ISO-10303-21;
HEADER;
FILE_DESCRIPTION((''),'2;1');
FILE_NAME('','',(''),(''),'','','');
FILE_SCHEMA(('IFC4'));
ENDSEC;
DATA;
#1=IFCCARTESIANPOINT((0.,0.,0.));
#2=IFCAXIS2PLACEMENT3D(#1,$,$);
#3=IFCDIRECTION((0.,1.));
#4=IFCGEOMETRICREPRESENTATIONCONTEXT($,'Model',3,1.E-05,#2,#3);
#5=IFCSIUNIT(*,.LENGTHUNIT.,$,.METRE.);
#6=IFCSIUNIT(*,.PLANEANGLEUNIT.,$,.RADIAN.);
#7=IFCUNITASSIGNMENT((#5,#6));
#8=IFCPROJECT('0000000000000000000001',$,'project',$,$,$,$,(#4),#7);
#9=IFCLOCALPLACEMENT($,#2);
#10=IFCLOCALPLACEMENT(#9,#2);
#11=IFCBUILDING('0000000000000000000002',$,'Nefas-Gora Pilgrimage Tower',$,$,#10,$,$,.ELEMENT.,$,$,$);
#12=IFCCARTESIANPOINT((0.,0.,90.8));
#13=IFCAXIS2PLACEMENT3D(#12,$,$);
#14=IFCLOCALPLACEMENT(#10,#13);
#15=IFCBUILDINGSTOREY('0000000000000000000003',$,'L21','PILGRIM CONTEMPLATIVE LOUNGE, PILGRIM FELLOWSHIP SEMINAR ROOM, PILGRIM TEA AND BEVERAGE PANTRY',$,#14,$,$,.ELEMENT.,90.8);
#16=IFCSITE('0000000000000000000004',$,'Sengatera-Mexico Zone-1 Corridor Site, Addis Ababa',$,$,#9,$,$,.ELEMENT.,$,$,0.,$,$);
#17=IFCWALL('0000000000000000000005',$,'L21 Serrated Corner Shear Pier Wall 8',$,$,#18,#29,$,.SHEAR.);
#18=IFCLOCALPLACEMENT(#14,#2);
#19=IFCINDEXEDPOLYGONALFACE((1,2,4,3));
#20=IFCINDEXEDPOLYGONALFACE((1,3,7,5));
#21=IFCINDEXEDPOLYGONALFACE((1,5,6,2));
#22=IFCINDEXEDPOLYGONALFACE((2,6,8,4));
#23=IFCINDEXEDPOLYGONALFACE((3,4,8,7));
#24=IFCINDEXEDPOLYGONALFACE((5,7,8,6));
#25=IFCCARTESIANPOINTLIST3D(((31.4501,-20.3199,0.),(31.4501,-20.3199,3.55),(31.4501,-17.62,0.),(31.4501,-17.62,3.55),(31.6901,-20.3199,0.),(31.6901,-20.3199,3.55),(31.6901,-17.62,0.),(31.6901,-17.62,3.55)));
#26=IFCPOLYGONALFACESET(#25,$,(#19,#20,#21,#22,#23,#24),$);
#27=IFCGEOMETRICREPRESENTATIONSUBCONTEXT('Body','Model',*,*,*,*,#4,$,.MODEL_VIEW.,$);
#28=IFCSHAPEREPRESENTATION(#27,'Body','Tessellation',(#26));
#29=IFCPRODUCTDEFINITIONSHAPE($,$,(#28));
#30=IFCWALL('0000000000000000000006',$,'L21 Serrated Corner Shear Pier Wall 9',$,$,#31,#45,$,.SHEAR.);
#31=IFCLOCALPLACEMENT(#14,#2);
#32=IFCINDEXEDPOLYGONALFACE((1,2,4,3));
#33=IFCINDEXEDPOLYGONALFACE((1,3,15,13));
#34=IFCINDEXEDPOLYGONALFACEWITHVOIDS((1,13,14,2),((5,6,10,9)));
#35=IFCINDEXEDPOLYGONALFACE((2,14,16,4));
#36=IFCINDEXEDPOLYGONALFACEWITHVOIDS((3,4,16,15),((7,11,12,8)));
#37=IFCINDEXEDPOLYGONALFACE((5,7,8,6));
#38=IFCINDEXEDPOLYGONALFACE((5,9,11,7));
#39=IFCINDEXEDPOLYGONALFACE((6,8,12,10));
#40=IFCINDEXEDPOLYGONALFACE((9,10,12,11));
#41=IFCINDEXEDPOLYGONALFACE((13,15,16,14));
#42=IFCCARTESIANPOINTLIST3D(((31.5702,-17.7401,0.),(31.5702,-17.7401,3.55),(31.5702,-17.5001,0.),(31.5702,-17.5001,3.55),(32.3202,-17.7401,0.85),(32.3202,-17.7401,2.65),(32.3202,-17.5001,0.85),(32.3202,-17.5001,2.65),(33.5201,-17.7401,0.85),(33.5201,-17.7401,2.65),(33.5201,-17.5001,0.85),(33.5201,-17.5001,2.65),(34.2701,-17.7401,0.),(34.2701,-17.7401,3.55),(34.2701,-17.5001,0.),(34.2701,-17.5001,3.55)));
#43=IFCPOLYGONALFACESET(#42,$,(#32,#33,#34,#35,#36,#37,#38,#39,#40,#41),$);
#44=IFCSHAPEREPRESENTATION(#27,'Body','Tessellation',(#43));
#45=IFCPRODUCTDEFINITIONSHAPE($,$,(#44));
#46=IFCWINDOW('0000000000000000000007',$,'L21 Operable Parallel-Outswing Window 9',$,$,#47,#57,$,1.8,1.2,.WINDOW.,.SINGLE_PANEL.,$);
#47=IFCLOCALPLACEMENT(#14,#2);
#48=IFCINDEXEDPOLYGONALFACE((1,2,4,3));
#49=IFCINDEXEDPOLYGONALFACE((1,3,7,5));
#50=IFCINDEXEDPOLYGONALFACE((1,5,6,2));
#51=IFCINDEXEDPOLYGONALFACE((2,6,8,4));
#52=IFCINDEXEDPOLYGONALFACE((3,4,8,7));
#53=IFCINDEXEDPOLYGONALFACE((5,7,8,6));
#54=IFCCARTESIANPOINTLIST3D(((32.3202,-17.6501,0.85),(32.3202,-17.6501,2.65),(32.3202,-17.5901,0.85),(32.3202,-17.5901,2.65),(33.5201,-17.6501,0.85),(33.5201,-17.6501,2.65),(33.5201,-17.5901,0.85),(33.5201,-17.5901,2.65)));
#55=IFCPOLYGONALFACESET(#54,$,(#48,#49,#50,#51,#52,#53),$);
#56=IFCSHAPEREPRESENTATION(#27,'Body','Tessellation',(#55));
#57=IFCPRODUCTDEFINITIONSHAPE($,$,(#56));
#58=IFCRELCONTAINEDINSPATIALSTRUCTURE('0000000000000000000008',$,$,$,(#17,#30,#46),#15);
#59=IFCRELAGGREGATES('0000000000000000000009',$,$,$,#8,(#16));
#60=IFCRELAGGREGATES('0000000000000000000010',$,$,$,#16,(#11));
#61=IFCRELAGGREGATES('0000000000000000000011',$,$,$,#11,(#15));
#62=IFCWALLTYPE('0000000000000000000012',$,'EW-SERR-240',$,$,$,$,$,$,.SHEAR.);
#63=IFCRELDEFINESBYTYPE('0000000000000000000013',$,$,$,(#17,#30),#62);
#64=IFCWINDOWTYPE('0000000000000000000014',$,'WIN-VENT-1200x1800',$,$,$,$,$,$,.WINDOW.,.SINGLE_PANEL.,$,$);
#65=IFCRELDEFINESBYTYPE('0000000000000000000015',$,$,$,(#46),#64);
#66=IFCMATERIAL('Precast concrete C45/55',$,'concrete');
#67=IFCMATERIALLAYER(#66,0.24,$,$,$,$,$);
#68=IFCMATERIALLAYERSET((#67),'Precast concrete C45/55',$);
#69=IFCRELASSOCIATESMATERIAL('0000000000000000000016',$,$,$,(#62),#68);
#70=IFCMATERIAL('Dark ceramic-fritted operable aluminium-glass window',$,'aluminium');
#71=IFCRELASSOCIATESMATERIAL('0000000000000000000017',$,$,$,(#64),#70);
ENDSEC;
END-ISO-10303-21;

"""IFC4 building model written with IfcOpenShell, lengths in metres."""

from ifc_helpers import new_model, si_unit, direction, frame, frame_2d, origin, place, context, subcontext, project, spatial, rectangle, extrude, source, transform, mapped, material, layer, layer_set, type_object, element, fill, save


model = new_model("IFC4")

# Units and contexts
model_context = context("Model", 3, precision=1e-05, world=origin(), true_north=direction((0.0, 1.0)))
body_context = subcontext(model_context, "Body", "Model", "MODEL_VIEW")
ifc_project = project(units=[si_unit("LENGTHUNIT", "METRE"), si_unit("PLANEANGLEUNIT", "RADIAN")], contexts=[model_context])

# Site, building, storey
site_placement = place(None, origin())
site = spatial("IfcSite", under=ifc_project, at=site_placement, Name="Sengatera-Mexico Zone-1 Corridor Site, Addis Ababa", CompositionType="ELEMENT", RefElevation=0.0)
building_placement = place(site_placement, origin())
building = spatial("IfcBuilding", under=site, at=building_placement, Name="Nefas-Gora Pilgrimage Tower", CompositionType="ELEMENT")
storey_placement = place(building_placement, frame((0.0, 0.0, 90.8)))
storey = spatial("IfcBuildingStorey", under=building, at=storey_placement, Name="L21", Description="PILGRIM CONTEMPLATIVE LOUNGE, PILGRIM FELLOWSHIP SEMINAR ROOM, PILGRIM TEA AND BEVERAGE PANTRY", CompositionType="ELEMENT", Elevation=90.8)

# Wall
ifc_material_1 = material(Name="Precast concrete C45/55", Category="concrete")
ifc_layer_1 = layer(ifc_material_1, 0.24)
ifc_layer_set_1 = layer_set([ifc_layer_1], Name="Precast concrete C45/55")
wall_type = type_object("IfcWallType", Name="EW-SERR-240", PredefinedType="SHEAR", material=ifc_layer_set_1)
shared_shape_1 = source(origin(), body_context, "Body", "SweptSolid", [
    extrude(rectangle(XDim=2.7, YDim=0.24, at=frame_2d((1.3501, 0.0))), origin(), (0.0, 0.0, 1.0), 3.55),
])
for number, where, z_axis, x_axis, name in (
    (1, (31.5701, -20.3201, 0.0), (0.0, 0.0, 1.0), (0.0, 1.0, 0.0), "L21 Serrated Corner Shear Pier Wall 8"),
):
    element("IfcWall", number, at=place(storey_placement, frame(where, z_axis=z_axis, x_axis=x_axis)), inside=storey, type_object=wall_type, Name=name, PredefinedType="SHEAR", context=body_context, shape_type="MappedRepresentation", body=[
        mapped(shared_shape_1, transform((0.0, 0.0, 0.0), x_axis=(1.0, 0.0, 0.0), y_axis=(0.0, 1.0, 0.0), z_axis=(0.0, 0.0, 1.0), scale=1.0)),
    ])

# Wall, opening, window
wall_placement = place(storey_placement, frame((31.5701, -17.6201, 0.0), z_axis=(0.0, 0.0, 1.0), x_axis=(1.0, 0.0, 0.0)))
wall = element("IfcWall", 2, at=wall_placement, inside=storey, type_object=wall_type, Name="L21 Serrated Corner Shear Pier Wall 9", PredefinedType="SHEAR", context=body_context, shape_type="MappedRepresentation", body=[
    mapped(shared_shape_1, transform((0.0, 0.0, 0.0), x_axis=(1.0, 0.0, 0.0), y_axis=(0.0, 1.0, 0.0), z_axis=(0.0, 0.0, 1.0), scale=1.0)),
])
opening_placement = place(wall_placement, frame((0.75, 0.0, 0.8501)))
opening = element("IfcOpeningElement", 3, at=opening_placement, cuts=wall, PredefinedType="OPENING", context=body_context, shape_type="SweptSolid", body=[
    extrude(rectangle(XDim=1.2, YDim=1.8, at=frame_2d((0.6001, 0.8999))), frame((0.0, 0.1299, 0.0), z_axis=(0.0, -1.0, 0.0), x_axis=(1.0, 0.0, 0.0)), (0.0, 0.0, 1.0), 0.26),
])
ifc_material_2 = material(Name="Dark ceramic-fritted operable aluminium-glass window", Category="aluminium")
window_type = type_object("IfcWindowType", Name="WIN-VENT-1200x1800", PartitioningType="SINGLE_PANEL", PredefinedType="WINDOW", material=ifc_material_2)
shared_shape_2 = source(origin(), body_context, "Body", "SweptSolid", [
    extrude(rectangle(XDim=1.2, YDim=1.8, at=frame_2d((0.6001, 0.8999))), frame((0.0, 0.03, 0.0), z_axis=(0.0, -1.0, 0.0), x_axis=(1.0, 0.0, 0.0)), (0.0, 0.0, 1.0), 0.0601),
])
window_placement = place(opening_placement, origin())
window = element("IfcWindow", 4, at=window_placement, inside=storey, type_object=window_type, Name="L21 Operable Parallel-Outswing Window 9", OverallHeight=1.8, OverallWidth=1.2, PartitioningType="SINGLE_PANEL", PredefinedType="WINDOW", context=body_context, shape_type="MappedRepresentation", body=[
    mapped(shared_shape_2, transform((0.0, 0.0, 0.0), x_axis=(1.0, 0.0, 0.0), y_axis=(0.0, 1.0, 0.0), z_axis=(0.0, 0.0, 1.0), scale=1.0)),
])
fill(opening, window)

save(model, "model.ifc")
